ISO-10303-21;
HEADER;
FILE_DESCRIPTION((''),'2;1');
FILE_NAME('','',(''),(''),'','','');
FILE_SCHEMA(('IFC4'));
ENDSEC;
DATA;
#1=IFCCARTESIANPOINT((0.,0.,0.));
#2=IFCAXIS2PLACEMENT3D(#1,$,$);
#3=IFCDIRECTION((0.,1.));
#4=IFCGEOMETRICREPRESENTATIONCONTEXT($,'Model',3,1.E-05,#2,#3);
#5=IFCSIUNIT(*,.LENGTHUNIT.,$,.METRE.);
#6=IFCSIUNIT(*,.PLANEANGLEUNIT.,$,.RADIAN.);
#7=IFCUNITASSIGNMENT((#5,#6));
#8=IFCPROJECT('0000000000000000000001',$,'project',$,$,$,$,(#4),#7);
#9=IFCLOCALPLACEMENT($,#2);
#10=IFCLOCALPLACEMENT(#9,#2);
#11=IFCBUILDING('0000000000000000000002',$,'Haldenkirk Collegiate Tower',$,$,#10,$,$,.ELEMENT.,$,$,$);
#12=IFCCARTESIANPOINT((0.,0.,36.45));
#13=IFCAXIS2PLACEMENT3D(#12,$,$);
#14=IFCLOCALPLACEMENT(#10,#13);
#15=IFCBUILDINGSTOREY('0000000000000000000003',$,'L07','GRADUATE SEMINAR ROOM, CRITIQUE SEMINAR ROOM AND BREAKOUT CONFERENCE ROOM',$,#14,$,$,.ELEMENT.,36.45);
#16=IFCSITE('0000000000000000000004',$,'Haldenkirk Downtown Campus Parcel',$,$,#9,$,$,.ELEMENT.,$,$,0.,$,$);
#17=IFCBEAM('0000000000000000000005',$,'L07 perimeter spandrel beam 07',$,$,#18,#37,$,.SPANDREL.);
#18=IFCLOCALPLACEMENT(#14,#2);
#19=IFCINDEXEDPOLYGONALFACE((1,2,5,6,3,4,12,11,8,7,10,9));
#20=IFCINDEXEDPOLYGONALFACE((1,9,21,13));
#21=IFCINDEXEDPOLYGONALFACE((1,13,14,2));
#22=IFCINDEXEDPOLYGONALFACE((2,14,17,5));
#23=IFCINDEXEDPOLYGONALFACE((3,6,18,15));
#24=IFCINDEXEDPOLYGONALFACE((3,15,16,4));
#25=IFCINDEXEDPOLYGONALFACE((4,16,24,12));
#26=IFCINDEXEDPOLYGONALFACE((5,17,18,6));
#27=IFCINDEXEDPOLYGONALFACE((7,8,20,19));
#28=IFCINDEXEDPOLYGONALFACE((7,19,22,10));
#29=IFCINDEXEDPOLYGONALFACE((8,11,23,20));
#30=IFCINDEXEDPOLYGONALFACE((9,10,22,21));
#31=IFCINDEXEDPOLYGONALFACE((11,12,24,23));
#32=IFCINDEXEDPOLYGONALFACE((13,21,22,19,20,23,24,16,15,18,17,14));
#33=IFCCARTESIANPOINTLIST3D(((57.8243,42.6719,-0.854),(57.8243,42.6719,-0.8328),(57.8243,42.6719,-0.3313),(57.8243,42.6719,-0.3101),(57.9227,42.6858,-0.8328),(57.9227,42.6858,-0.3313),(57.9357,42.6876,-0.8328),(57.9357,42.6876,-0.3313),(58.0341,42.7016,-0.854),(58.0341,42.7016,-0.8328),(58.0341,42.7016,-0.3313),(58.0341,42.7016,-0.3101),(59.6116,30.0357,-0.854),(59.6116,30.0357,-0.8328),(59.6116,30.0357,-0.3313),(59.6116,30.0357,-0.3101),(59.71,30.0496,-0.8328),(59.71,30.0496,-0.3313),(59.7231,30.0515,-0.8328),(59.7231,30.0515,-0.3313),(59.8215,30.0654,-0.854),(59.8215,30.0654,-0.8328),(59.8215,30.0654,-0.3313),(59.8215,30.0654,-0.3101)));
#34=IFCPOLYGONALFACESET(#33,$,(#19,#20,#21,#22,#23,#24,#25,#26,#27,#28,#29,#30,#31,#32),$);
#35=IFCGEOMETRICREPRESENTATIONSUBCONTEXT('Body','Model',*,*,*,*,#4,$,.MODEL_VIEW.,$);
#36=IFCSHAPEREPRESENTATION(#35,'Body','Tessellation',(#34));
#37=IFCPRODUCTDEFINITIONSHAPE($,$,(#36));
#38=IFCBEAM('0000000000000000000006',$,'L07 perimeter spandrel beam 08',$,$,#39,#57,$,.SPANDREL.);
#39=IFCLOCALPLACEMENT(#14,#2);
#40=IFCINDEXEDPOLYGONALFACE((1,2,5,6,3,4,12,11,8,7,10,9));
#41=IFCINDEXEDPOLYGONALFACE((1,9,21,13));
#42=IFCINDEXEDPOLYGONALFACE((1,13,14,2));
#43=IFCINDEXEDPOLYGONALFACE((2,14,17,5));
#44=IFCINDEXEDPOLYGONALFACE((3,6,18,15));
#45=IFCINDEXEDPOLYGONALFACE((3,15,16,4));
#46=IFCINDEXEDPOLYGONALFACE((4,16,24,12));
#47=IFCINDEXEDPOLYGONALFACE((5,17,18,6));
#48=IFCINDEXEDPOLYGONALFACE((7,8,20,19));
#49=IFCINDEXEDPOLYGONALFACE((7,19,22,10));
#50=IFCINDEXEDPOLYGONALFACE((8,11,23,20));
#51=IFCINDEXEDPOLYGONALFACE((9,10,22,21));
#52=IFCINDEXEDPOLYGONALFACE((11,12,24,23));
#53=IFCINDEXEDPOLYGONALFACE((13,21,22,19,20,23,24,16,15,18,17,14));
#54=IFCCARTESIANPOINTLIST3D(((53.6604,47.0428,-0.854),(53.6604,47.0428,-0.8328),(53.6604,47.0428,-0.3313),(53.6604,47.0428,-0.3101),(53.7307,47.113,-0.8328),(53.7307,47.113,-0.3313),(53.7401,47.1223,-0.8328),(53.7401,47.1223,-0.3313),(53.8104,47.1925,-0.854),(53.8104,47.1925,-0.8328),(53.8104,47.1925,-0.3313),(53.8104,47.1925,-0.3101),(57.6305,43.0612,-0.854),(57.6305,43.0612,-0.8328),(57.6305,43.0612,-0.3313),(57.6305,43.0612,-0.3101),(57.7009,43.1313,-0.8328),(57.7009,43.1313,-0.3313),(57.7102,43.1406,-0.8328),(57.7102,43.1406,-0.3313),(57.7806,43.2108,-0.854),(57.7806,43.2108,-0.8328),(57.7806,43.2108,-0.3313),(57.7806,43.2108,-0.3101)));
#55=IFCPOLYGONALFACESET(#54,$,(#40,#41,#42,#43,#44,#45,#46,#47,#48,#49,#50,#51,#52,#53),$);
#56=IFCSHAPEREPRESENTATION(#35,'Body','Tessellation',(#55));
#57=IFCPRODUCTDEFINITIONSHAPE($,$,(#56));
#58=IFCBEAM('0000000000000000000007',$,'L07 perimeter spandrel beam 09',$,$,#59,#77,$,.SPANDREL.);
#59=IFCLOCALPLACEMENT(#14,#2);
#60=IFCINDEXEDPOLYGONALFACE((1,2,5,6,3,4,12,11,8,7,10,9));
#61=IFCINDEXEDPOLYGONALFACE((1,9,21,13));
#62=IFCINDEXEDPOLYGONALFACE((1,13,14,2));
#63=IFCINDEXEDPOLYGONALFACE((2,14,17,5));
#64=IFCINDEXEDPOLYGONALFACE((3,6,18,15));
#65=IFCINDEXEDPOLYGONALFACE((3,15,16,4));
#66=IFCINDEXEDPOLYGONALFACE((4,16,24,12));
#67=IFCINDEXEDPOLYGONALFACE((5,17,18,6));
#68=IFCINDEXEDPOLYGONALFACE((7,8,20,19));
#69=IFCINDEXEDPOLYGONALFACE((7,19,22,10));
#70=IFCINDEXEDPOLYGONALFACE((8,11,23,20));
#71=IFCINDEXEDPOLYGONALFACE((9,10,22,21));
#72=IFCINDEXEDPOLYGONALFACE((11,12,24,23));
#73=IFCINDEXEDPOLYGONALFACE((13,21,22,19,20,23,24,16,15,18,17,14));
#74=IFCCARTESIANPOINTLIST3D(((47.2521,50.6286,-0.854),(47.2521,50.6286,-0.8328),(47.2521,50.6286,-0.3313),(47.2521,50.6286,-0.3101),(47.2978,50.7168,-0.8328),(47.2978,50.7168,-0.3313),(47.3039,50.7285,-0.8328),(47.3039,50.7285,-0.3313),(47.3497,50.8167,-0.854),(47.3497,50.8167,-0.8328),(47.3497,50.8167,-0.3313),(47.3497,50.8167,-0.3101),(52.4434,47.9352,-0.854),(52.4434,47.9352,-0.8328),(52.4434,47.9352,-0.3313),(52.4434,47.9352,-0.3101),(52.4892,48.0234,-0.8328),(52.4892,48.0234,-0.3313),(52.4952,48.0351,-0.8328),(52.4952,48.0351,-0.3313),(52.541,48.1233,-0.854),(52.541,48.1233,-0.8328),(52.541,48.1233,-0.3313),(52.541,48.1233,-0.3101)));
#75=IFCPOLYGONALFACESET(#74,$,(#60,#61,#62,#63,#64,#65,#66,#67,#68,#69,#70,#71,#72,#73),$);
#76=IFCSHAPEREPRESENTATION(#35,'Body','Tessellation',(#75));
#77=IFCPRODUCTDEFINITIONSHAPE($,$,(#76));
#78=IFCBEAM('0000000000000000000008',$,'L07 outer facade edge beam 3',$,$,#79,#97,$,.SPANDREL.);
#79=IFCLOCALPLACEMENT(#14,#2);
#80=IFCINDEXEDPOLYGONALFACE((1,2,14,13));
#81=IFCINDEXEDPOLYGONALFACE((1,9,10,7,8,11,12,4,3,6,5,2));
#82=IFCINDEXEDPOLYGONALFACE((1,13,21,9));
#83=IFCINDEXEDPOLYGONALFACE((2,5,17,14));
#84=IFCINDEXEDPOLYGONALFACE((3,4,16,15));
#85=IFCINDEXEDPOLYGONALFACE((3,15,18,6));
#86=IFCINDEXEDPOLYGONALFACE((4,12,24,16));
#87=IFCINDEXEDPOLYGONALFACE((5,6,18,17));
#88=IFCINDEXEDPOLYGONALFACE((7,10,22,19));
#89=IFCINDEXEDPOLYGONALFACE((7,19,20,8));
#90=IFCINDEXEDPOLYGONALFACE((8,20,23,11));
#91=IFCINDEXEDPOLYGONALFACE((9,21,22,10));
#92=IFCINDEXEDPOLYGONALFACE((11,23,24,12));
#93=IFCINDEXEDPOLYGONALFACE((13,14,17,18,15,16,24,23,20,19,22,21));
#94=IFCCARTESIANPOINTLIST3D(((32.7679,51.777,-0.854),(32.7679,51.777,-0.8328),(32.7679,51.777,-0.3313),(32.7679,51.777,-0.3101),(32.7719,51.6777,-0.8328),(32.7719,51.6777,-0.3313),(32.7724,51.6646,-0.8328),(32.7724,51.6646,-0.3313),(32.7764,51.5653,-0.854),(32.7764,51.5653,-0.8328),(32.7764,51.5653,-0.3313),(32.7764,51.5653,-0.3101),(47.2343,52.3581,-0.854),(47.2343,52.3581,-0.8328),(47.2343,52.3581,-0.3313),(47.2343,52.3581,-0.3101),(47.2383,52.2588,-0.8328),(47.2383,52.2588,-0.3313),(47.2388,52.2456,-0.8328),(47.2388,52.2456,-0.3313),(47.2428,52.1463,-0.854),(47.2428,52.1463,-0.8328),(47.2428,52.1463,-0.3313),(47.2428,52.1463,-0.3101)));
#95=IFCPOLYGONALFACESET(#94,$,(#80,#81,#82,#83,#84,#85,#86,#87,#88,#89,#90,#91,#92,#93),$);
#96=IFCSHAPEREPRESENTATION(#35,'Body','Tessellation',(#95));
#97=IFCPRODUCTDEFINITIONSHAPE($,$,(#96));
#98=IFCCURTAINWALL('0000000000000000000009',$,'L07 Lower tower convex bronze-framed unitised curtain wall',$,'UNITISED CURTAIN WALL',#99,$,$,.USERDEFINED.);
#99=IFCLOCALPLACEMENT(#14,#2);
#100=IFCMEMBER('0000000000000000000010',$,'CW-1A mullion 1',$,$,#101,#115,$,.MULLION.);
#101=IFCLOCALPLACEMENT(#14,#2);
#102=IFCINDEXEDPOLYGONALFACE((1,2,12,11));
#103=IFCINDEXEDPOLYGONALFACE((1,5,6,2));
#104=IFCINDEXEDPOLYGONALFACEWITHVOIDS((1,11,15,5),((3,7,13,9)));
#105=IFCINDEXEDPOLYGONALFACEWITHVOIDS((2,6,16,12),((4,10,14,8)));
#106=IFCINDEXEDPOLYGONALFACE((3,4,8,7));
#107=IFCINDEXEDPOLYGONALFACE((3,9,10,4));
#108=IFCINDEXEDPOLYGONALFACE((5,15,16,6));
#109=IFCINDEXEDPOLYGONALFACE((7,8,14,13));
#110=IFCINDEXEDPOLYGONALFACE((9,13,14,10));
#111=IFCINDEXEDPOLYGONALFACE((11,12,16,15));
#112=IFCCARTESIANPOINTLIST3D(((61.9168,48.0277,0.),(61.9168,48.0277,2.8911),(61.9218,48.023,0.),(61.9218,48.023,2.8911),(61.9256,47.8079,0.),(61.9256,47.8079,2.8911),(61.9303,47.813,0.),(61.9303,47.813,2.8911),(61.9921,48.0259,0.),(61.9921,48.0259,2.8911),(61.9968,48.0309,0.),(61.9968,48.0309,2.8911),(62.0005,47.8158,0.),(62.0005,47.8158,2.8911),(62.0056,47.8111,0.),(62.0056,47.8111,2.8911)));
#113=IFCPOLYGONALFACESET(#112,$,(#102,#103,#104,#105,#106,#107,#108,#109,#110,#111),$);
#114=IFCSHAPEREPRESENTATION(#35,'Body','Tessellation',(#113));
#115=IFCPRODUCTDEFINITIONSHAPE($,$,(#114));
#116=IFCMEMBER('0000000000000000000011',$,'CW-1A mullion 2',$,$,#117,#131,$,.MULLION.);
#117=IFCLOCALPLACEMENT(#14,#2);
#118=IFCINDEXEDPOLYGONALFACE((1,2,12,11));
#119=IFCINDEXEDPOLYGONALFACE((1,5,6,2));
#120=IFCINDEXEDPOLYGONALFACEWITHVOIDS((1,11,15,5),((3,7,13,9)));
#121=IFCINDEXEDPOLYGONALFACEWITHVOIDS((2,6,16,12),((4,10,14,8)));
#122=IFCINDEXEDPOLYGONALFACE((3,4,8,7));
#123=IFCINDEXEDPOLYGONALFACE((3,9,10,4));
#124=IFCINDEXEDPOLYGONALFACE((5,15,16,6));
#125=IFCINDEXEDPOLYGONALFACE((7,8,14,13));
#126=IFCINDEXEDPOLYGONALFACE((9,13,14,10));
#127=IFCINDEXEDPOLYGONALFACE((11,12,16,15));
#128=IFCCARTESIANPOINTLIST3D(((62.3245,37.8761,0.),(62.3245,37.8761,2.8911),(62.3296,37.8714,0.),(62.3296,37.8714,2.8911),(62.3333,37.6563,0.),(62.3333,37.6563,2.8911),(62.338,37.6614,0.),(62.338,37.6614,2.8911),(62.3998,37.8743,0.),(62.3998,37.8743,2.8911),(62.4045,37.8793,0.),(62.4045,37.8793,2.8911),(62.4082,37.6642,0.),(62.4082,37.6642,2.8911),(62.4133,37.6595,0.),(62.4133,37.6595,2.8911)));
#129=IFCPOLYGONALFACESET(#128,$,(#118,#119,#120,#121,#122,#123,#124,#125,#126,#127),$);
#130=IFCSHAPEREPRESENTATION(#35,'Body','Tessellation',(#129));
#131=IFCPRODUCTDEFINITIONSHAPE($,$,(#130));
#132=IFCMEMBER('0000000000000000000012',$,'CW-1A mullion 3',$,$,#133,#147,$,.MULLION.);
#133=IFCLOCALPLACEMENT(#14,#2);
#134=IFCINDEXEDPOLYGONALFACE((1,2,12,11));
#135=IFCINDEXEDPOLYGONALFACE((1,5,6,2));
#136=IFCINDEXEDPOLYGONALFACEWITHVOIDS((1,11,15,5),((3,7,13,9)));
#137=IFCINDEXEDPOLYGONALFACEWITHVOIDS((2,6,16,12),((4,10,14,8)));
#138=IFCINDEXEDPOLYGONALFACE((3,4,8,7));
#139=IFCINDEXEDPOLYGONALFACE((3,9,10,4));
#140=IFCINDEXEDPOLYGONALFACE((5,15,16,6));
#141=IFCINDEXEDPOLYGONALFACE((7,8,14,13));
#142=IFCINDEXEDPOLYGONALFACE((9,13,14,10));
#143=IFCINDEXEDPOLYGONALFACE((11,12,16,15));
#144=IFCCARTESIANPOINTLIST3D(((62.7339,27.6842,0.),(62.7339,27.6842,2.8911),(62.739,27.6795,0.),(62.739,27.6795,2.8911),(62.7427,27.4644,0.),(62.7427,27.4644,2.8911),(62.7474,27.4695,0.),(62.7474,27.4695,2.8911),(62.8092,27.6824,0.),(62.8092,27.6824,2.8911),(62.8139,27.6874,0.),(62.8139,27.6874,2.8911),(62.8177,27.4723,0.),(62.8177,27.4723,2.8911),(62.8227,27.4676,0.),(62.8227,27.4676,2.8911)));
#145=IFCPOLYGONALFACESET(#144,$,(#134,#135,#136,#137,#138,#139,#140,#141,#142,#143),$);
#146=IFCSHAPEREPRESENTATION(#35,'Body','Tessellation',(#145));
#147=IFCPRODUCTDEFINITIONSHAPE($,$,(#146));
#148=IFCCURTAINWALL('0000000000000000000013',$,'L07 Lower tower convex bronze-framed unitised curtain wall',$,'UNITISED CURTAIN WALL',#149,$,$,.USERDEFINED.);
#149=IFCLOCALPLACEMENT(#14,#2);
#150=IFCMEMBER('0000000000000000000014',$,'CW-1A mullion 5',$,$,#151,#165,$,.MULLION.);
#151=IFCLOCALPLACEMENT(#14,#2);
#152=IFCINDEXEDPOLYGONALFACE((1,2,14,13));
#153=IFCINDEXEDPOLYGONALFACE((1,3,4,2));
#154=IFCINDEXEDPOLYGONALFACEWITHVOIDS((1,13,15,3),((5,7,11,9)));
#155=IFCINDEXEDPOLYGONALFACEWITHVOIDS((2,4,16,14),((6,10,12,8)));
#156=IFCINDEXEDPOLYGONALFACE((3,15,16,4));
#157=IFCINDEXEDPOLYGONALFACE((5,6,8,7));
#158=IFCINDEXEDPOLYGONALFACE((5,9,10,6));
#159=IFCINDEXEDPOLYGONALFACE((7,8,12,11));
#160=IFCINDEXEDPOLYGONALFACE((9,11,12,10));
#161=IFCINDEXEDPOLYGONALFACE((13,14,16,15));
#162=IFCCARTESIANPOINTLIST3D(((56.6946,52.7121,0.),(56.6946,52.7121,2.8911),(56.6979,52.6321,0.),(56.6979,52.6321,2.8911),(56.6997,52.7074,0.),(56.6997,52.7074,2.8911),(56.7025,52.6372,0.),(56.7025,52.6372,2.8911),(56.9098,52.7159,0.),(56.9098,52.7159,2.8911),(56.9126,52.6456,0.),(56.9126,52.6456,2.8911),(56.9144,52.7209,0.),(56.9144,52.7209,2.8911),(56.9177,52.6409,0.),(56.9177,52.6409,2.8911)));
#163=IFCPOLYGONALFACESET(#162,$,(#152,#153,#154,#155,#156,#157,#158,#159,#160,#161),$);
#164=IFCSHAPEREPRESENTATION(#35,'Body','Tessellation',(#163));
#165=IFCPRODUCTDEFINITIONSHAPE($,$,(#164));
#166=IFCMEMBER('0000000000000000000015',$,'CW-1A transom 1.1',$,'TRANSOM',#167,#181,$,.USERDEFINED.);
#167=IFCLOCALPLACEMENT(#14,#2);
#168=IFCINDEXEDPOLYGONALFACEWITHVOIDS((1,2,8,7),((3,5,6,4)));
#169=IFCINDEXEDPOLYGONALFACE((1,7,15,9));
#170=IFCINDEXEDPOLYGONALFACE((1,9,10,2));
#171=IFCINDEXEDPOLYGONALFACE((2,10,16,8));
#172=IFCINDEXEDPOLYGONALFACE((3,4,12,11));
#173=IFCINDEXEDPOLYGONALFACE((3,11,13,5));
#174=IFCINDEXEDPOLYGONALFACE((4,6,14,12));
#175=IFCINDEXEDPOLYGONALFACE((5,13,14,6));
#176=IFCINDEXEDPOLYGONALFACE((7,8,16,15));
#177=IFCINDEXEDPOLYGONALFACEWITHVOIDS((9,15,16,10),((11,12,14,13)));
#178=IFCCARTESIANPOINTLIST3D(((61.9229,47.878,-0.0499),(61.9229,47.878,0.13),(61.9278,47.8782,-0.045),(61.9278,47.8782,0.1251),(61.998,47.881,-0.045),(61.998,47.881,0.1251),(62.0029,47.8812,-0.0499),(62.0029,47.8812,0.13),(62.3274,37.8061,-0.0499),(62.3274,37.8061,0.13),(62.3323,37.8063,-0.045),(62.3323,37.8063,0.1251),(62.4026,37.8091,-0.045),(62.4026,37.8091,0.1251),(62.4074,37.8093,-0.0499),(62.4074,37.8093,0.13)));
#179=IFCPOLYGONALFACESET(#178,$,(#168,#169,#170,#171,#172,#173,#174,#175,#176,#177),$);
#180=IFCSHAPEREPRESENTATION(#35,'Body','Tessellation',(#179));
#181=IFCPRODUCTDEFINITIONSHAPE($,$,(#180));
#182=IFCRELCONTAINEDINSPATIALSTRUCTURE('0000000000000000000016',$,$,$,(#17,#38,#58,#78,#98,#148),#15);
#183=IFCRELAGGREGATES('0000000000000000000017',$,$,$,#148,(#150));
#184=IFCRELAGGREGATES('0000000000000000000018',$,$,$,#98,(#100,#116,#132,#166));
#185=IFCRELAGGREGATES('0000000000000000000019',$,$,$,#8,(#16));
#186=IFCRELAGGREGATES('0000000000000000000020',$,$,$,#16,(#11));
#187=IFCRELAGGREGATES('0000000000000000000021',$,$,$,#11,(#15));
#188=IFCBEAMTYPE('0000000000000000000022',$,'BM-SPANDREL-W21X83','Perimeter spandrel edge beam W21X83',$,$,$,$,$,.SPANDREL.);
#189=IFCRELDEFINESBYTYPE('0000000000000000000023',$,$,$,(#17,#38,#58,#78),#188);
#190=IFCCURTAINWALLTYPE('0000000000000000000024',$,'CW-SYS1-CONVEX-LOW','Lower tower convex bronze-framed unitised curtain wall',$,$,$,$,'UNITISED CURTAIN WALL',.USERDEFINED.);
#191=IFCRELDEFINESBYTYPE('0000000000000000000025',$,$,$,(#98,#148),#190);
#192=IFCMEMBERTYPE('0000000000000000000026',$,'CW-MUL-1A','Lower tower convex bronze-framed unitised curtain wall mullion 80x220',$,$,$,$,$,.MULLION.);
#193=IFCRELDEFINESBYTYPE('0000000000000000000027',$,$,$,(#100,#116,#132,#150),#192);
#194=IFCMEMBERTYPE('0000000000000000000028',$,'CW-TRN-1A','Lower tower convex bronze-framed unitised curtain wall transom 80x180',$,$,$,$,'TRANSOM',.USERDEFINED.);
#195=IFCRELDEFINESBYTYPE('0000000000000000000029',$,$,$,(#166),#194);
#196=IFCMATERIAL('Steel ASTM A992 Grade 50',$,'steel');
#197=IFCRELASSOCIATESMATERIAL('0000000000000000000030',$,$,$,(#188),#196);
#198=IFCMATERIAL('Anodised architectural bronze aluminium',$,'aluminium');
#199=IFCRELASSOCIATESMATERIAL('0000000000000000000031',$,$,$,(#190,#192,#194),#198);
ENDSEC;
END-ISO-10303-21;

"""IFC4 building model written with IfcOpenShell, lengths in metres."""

from ifc_helpers import new_model, si_unit, direction, frame, origin, origin_2d, place, context, subcontext, project, spatial, hollow_rectangle, i_section, extrude, material, material_profile, profile_set, type_object, element, aggregate, save


model = new_model("IFC4")

# Units and contexts
model_context = context("Model", 3, precision=1e-05, world=origin(), true_north=direction((0.0, 1.0)))
body_context = subcontext(model_context, "Body", "Model", "MODEL_VIEW")
ifc_project = project(units=[si_unit("LENGTHUNIT", "METRE"), si_unit("PLANEANGLEUNIT", "RADIAN")], contexts=[model_context])

# Site, building, storey
site_placement = place(None, origin())
site = spatial("IfcSite", under=ifc_project, at=site_placement, Name="Haldenkirk Downtown Campus Parcel", CompositionType="ELEMENT", RefElevation=0.0)
building_placement = place(site_placement, origin())
building = spatial("IfcBuilding", under=site, at=building_placement, Name="Haldenkirk Collegiate Tower", CompositionType="ELEMENT")
storey_placement = place(building_placement, frame((0.0, 0.0, 36.45)))
storey = spatial("IfcBuildingStorey", under=building, at=storey_placement, Name="L07", Description="GRADUATE SEMINAR ROOM, CRITIQUE SEMINAR ROOM AND BREAKOUT CONFERENCE ROOM", CompositionType="ELEMENT", Elevation=36.45)

# Beams
ifc_material_1 = material(Name="Steel ASTM A992 Grade 50", Category="steel")
ifc_material_profile_1 = material_profile(ifc_material_1, i_section(OverallWidth=0.2119, OverallDepth=0.5439, WebThickness=0.0132, FlangeThickness=0.0212, at=origin_2d()), Name="W21X83")
ifc_profile_set_1 = profile_set([ifc_material_profile_1], Name="Steel ASTM A992 Grade 50")
beam_type_1 = type_object("IfcBeamType", Name="BM-SPANDREL-W21X83", Description="Perimeter spandrel edge beam W21X83", PredefinedType="SPANDREL", material=ifc_profile_set_1)
beam_1_placement = place(storey_placement, frame((59.7166, 30.0505, -0.582), z_axis=(-0.140053, 0.990144, 0.0), x_axis=(-0.990144, -0.140053, 0.0)))
element("IfcBeam", 1, at=beam_1_placement, inside=storey, type_object=beam_type_1, Name="L07 perimeter spandrel beam 07", PredefinedType="SPANDREL", context=body_context, shape_type="SweptSolid", body=[
    extrude(i_section(OverallWidth=0.2119, OverallDepth=0.5439, WebThickness=0.0132, FlangeThickness=0.0212, at=origin_2d()), origin(), (0.0, 0.0, 1.0), 12.762),
])
beam_2_placement = place(storey_placement, frame((57.7056, 43.136, -0.582), z_axis=(-0.706086, 0.708126, 0.0), x_axis=(-0.708126, -0.706086, 0.0)))
element("IfcBeam", 2, at=beam_2_placement, inside=storey, type_object=beam_type_1, Name="L07 perimeter spandrel beam 08", PredefinedType="SPANDREL", context=body_context, shape_type="SweptSolid", body=[
    extrude(i_section(OverallWidth=0.2119, OverallDepth=0.5439, WebThickness=0.0132, FlangeThickness=0.0212, at=origin_2d()), origin(), (0.0, 0.0, 1.0), 5.6228),
])
beam_3_placement = place(storey_placement, frame((52.4922, 48.0293, -0.582), z_axis=(-0.887648, 0.460522, 0.0), x_axis=(-0.460522, -0.887648, 0.0)))
element("IfcBeam", 3, at=beam_3_placement, inside=storey, type_object=beam_type_1, Name="L07 perimeter spandrel beam 09", PredefinedType="SPANDREL", context=body_context, shape_type="SweptSolid", body=[
    extrude(i_section(OverallWidth=0.2119, OverallDepth=0.5439, WebThickness=0.0132, FlangeThickness=0.0212, at=origin_2d()), origin(), (0.0, 0.0, 1.0), 5.8484),
])
beam_4_placement = place(storey_placement, frame((47.2385, 52.2522, -0.582), z_axis=(-0.999194, -0.040134, 0.0), x_axis=(0.040134, -0.999194, 0.0)))
element("IfcBeam", 4, at=beam_4_placement, inside=storey, type_object=beam_type_1, Name="L07 outer facade edge beam 3", PredefinedType="SPANDREL", context=body_context, shape_type="SweptSolid", body=[
    extrude(i_section(OverallWidth=0.2119, OverallDepth=0.5439, WebThickness=0.0132, FlangeThickness=0.0212, at=origin_2d()), origin(), (0.0, 0.0, 1.0), 14.478),
])

# Curtain wall, members
ifc_material_2 = material(Name="Anodised architectural bronze aluminium", Category="aluminium")
curtain_wall_type = type_object("IfcCurtainWallType", Name="CW-SYS1-CONVEX-LOW", Description="Lower tower convex bronze-framed unitised curtain wall", ElementType="UNITISED CURTAIN WALL", PredefinedType="USERDEFINED", material=ifc_material_2)
curtain_wall_1_placement = place(storey_placement, origin())
curtain_wall_1 = element("IfcCurtainWall", 5, at=curtain_wall_1_placement, inside=storey, type_object=curtain_wall_type, Name="L07 Lower tower convex bronze-framed unitised curtain wall", ObjectType="UNITISED CURTAIN WALL", PredefinedType="USERDEFINED")
ifc_material_profile_2 = material_profile(ifc_material_2, hollow_rectangle(XDim=0.0801, YDim=0.22, WallThickness=0.0049, at=origin_2d()), Name="CW-MUL-1A")
ifc_profile_set_2 = profile_set([ifc_material_profile_2], Name="Anodised architectural bronze aluminium")
member_type_1 = type_object("IfcMemberType", Name="CW-MUL-1A", Description="Lower tower convex bronze-framed unitised curtain wall mullion 80x220", PredefinedType="MULLION", material=ifc_profile_set_2)
member_1_placement = place(storey_placement, frame((61.9612, 47.9194, 0.0), z_axis=(0.0, 0.0, 1.0), x_axis=(0.999194, 0.040132, 0.0)))
member_1 = element("IfcMember", 6, at=member_1_placement, type_object=member_type_1, Name="CW-1A mullion 1", PredefinedType="MULLION", context=body_context, shape_type="SweptSolid", body=[
    extrude(hollow_rectangle(XDim=0.0801, YDim=0.22, WallThickness=0.0049, at=origin_2d()), origin(), (0.0, 0.0, 1.0), 2.8911),
])
member_2_placement = place(storey_placement, frame((62.3689, 37.7678, 0.0), z_axis=(0.0, 0.0, 1.0), x_axis=(0.999194, 0.040132, 0.0)))
member_2 = element("IfcMember", 7, at=member_2_placement, type_object=member_type_1, Name="CW-1A mullion 2", PredefinedType="MULLION", context=body_context, shape_type="SweptSolid", body=[
    extrude(hollow_rectangle(XDim=0.0801, YDim=0.22, WallThickness=0.0049, at=origin_2d()), origin(), (0.0, 0.0, 1.0), 2.8911),
])
member_3_placement = place(storey_placement, frame((62.7783, 27.5759, 0.0), z_axis=(0.0, 0.0, 1.0), x_axis=(0.999194, 0.040132, 0.0)))
member_3 = element("IfcMember", 8, at=member_3_placement, type_object=member_type_1, Name="CW-1A mullion 3", PredefinedType="MULLION", context=body_context, shape_type="SweptSolid", body=[
    extrude(hollow_rectangle(XDim=0.0801, YDim=0.22, WallThickness=0.0049, at=origin_2d()), origin(), (0.0, 0.0, 1.0), 2.8911),
])

# Curtain wall, member
curtain_wall_2_placement = place(storey_placement, origin())
curtain_wall_2 = element("IfcCurtainWall", 9, at=curtain_wall_2_placement, inside=storey, type_object=curtain_wall_type, Name="L07 Lower tower convex bronze-framed unitised curtain wall", ObjectType="UNITISED CURTAIN WALL", PredefinedType="USERDEFINED")
member_4_placement = place(storey_placement, frame((56.8062, 52.6765, 0.0), z_axis=(0.0, 0.0, 1.0), x_axis=(-0.040135, 0.999194, 0.0)))
member_4 = element("IfcMember", 10, at=member_4_placement, type_object=member_type_1, Name="CW-1A mullion 5", PredefinedType="MULLION", context=body_context, shape_type="SweptSolid", body=[
    extrude(hollow_rectangle(XDim=0.0801, YDim=0.22, WallThickness=0.0049, at=origin_2d()), origin(), (0.0, 0.0, 1.0), 2.8911),
])

# Member
ifc_material_profile_3 = material_profile(ifc_material_2, hollow_rectangle(XDim=0.0801, YDim=0.1799, WallThickness=0.0049, at=origin_2d()), Name="CW-TRN-1A")
ifc_profile_set_3 = profile_set([ifc_material_profile_3], Name="Anodised architectural bronze aluminium")
member_type_2 = type_object("IfcMemberType", Name="CW-TRN-1A", Description="Lower tower convex bronze-framed unitised curtain wall transom 80x180", ElementType="TRANSOM", PredefinedType="USERDEFINED", material=ifc_profile_set_3)
member_5_placement = place(storey_placement, frame((61.9629, 47.8796, 0.04), z_axis=(0.040132, -0.999194, 0.0), x_axis=(0.999194, 0.040132, 0.0)))
member_5 = element("IfcMember", 11, at=member_5_placement, type_object=member_type_2, Name="CW-1A transom 1.1", ObjectType="TRANSOM", PredefinedType="USERDEFINED", context=body_context, shape_type="SweptSolid", body=[
    extrude(hollow_rectangle(XDim=0.0801, YDim=0.1799, WallThickness=0.0049, at=origin_2d()), origin(), (0.0, 0.0, 1.0), 10.0801),
])

aggregate(curtain_wall_2, [member_4])
aggregate(curtain_wall_1, [member_1, member_2, member_3, member_5])

save(model, "model.ifc")
